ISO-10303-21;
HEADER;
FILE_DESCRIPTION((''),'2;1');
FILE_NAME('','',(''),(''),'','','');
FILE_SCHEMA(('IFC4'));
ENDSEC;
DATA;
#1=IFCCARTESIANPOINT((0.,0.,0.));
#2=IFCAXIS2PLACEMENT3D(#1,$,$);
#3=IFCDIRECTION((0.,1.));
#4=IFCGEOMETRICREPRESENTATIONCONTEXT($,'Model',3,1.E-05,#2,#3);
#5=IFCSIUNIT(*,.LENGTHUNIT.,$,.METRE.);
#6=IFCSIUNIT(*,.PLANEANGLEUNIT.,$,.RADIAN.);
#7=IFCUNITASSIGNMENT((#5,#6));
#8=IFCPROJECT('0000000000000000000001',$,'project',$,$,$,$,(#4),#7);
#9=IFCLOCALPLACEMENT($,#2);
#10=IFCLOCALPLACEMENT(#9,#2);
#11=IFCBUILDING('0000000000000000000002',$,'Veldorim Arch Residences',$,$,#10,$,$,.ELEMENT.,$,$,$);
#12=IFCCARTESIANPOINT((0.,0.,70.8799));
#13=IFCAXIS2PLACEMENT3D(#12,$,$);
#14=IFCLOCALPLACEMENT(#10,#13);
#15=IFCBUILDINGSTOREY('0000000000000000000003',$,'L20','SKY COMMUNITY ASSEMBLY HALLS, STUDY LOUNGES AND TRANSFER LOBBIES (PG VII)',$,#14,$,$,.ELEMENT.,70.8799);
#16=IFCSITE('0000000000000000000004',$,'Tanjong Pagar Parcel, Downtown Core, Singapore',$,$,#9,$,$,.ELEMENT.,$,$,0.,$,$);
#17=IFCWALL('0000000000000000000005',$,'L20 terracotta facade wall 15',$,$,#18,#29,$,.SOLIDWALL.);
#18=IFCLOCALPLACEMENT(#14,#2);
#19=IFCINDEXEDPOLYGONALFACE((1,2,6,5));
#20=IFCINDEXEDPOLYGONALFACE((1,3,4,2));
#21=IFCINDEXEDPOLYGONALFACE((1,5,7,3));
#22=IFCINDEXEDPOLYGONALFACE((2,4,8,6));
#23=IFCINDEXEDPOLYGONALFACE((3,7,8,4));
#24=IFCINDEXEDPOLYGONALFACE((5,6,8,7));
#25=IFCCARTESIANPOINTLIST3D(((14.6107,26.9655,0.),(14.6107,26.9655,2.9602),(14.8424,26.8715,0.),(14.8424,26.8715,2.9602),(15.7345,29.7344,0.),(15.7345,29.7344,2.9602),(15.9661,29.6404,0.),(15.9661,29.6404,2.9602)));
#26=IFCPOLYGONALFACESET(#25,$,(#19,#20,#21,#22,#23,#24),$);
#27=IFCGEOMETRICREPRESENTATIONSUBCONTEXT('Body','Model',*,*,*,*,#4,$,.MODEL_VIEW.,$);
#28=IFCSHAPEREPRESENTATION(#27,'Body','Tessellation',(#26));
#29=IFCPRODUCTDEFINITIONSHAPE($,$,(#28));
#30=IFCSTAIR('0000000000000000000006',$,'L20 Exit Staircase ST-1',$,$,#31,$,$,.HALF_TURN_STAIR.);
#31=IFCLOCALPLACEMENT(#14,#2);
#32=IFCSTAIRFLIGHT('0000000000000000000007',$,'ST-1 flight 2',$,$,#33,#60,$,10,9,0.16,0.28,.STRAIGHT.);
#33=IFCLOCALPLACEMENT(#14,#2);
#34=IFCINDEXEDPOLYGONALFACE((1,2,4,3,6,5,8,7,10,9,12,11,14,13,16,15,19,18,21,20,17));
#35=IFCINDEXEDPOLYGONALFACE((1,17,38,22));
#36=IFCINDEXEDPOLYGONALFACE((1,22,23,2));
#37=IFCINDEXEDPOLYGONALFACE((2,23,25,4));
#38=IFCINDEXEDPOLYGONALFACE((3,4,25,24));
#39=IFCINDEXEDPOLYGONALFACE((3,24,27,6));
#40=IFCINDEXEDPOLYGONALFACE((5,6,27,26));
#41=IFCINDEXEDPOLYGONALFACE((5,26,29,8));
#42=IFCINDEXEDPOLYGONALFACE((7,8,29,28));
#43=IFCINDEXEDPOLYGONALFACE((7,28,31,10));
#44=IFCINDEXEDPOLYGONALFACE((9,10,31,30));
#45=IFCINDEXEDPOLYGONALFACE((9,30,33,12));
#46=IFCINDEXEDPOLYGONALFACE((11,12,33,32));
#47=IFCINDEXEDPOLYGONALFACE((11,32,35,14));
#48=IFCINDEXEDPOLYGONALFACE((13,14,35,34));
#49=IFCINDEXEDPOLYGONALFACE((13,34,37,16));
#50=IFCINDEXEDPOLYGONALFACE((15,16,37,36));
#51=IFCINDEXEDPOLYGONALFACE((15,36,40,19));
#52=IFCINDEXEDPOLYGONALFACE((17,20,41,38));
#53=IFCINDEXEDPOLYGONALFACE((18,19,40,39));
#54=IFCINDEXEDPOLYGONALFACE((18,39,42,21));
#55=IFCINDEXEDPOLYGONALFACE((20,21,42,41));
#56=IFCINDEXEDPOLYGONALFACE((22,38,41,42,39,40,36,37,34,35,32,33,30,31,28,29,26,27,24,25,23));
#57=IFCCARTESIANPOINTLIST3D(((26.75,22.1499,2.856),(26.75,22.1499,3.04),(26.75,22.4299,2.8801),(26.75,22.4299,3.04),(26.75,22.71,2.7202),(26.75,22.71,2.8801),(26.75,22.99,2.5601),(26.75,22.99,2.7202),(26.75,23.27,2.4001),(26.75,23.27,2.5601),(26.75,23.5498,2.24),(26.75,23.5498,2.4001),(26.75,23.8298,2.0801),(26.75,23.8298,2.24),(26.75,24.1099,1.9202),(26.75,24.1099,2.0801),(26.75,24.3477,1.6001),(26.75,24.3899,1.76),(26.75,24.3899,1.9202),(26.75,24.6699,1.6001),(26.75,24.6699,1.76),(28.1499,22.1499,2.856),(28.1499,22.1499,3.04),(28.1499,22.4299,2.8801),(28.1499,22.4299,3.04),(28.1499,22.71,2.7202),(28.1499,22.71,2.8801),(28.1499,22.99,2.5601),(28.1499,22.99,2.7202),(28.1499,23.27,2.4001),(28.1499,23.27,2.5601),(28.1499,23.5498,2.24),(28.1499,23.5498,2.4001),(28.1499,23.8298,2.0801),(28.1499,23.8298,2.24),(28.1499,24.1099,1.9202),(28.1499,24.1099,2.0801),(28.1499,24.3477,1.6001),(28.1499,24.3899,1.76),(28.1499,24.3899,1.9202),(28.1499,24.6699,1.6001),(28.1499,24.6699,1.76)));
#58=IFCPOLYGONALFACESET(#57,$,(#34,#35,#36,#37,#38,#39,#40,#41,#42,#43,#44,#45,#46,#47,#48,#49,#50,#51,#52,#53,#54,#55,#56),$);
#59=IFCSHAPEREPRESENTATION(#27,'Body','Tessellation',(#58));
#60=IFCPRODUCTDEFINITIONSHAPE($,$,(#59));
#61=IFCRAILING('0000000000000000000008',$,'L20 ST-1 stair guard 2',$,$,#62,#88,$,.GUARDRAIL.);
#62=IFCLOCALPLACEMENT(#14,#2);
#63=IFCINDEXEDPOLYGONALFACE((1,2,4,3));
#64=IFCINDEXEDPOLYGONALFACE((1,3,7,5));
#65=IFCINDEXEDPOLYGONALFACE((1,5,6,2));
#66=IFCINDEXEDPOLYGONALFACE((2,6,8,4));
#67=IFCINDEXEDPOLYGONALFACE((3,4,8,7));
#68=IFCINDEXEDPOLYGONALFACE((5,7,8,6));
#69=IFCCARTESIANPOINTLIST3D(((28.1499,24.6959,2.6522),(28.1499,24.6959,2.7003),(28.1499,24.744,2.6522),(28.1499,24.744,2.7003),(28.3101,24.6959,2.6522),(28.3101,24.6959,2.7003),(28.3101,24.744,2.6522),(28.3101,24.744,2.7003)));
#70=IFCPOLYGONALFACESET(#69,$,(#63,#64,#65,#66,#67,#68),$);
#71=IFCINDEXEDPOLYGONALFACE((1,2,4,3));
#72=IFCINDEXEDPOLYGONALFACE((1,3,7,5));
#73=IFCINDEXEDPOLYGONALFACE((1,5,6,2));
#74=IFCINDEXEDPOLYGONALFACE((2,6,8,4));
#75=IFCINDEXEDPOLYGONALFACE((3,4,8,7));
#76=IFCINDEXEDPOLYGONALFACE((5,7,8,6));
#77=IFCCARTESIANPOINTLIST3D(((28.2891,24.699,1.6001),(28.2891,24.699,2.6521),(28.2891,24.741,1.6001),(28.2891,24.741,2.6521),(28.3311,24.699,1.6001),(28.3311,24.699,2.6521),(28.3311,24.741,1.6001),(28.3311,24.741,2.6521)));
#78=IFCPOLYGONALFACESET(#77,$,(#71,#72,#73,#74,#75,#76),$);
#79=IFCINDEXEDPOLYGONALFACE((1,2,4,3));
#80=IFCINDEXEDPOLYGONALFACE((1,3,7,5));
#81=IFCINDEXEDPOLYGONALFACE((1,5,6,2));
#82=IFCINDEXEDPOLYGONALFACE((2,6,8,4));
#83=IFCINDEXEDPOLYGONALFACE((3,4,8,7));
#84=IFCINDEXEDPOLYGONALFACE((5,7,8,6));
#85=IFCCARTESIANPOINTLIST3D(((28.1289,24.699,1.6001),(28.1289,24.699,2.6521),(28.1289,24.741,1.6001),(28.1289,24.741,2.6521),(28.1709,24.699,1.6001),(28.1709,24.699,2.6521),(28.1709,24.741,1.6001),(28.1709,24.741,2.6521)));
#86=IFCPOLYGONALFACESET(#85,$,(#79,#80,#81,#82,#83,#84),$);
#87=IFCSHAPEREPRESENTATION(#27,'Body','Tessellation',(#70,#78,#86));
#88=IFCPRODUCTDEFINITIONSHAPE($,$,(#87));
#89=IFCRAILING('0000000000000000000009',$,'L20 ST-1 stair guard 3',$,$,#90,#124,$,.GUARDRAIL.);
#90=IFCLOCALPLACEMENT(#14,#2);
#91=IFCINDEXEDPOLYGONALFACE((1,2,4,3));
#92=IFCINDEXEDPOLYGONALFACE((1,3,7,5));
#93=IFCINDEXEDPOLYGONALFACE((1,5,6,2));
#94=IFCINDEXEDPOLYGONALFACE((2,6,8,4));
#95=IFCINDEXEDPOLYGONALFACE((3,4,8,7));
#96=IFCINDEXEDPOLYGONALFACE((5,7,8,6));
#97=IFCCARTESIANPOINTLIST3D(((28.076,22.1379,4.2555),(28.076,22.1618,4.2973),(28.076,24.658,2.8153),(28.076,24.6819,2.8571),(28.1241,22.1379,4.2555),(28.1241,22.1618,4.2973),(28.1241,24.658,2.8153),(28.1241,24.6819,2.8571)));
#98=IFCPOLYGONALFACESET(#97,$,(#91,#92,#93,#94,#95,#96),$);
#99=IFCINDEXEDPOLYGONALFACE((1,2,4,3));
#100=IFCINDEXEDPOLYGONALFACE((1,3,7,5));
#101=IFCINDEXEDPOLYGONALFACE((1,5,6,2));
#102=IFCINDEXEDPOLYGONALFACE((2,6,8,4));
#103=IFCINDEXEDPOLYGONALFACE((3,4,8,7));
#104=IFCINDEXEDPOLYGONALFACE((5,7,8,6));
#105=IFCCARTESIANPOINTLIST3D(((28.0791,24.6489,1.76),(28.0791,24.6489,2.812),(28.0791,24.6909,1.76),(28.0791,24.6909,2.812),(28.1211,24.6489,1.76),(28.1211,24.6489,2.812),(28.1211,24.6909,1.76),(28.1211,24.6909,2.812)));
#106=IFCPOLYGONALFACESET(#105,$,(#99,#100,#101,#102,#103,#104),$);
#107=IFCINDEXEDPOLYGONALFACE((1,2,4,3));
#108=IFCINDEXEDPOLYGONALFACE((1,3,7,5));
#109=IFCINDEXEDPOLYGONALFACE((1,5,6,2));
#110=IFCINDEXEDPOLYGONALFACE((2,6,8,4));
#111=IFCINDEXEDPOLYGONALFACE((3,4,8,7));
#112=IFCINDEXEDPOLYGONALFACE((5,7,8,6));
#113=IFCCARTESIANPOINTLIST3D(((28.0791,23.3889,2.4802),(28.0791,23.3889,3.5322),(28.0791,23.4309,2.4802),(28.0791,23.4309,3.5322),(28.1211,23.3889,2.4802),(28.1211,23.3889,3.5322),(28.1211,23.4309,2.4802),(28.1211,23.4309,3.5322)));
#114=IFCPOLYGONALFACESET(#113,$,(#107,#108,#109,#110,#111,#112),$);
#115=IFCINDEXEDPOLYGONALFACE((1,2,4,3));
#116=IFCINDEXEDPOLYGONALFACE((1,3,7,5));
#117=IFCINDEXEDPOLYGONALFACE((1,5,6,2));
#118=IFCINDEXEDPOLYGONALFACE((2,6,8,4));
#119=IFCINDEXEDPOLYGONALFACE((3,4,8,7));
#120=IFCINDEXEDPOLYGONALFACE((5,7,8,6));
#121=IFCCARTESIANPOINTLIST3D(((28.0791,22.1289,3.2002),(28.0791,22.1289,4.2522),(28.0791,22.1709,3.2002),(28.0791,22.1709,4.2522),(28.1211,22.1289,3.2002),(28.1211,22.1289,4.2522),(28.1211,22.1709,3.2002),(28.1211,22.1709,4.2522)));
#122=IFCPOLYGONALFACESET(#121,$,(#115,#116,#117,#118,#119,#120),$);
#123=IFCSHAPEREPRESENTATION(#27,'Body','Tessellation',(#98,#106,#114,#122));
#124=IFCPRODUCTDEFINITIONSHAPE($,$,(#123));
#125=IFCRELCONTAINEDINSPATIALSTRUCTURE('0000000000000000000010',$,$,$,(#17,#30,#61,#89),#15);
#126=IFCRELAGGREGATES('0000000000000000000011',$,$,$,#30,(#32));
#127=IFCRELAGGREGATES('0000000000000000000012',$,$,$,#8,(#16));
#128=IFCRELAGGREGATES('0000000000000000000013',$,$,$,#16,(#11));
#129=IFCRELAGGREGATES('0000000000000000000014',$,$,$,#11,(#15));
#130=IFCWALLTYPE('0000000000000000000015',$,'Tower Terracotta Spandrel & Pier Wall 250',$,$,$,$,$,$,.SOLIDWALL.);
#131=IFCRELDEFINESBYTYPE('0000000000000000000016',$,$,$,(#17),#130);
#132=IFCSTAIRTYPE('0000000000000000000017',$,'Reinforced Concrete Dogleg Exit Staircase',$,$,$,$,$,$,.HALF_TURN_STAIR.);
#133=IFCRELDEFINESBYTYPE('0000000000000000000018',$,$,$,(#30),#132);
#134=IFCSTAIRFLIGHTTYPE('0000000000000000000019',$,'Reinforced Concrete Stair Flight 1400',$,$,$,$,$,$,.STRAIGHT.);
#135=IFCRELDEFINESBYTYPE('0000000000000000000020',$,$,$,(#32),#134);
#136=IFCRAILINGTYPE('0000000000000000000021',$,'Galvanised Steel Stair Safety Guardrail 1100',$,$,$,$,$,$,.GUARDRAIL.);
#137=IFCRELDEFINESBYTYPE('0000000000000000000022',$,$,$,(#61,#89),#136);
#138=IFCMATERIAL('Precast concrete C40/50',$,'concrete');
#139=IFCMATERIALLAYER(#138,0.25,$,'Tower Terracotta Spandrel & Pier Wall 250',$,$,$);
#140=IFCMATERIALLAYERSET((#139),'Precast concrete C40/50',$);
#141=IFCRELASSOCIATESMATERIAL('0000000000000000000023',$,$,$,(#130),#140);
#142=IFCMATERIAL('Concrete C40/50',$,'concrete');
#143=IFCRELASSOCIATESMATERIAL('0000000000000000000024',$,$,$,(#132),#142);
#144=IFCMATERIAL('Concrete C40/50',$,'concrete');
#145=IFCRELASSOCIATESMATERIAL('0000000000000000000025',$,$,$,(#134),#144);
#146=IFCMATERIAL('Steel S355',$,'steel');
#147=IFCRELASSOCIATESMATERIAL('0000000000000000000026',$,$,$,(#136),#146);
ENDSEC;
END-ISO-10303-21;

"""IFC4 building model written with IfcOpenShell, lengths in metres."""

from ifc_helpers import new_model, si_unit, direction, frame, frame_2d, origin, origin_2d, place, context, subcontext, project, spatial, polyline, rectangle, outline, extrude, material, layer, layer_set, type_object, element, aggregate, save


model = new_model("IFC4")

# Units and contexts
model_context = context("Model", 3, precision=1e-05, world=origin(), true_north=direction((0.0, 1.0)))
body_context = subcontext(model_context, "Body", "Model", "MODEL_VIEW")
ifc_project = project(units=[si_unit("LENGTHUNIT", "METRE"), si_unit("PLANEANGLEUNIT", "RADIAN")], contexts=[model_context])

# Site, building, storey
site_placement = place(None, origin())
site = spatial("IfcSite", under=ifc_project, at=site_placement, Name="Tanjong Pagar Parcel, Downtown Core, Singapore", CompositionType="ELEMENT", RefElevation=0.0)
building_placement = place(site_placement, origin())
building = spatial("IfcBuilding", under=site, at=building_placement, Name="Veldorim Arch Residences", CompositionType="ELEMENT")
storey_placement = place(building_placement, frame((0.0, 0.0, 70.8799)))
storey = spatial("IfcBuildingStorey", under=building, at=storey_placement, Name="L20", Description="SKY COMMUNITY ASSEMBLY HALLS, STUDY LOUNGES AND TRANSFER LOBBIES (PG VII)", CompositionType="ELEMENT", Elevation=70.8799)

# Shared definitions
ifc_material_1 = material(Name="Precast concrete C40/50", Category="concrete")
ifc_layer_1 = layer(ifc_material_1, 0.25, Name="Tower Terracotta Spandrel & Pier Wall 250")
ifc_layer_set_1 = layer_set([ifc_layer_1], Name="Precast concrete C40/50")
wall_type_1 = type_object("IfcWallType", Name="Tower Terracotta Spandrel & Pier Wall 250", PredefinedType="SOLIDWALL", material=ifc_layer_set_1)

# Wall
wall_1_placement = place(storey_placement, frame((14.7266, 26.9185, 0.0), z_axis=(0.0, 0.0, 1.0), x_axis=(0.376048, 0.9266, 0.0)))
element("IfcWall", 1, at=wall_1_placement, inside=storey, type_object=wall_type_1, Name="L20 terracotta facade wall 15", PredefinedType="SOLIDWALL", context=body_context, shape_type="SweptSolid", body=[
    extrude(rectangle(XDim=2.9883, YDim=0.25, at=frame_2d((1.4941, 0.0))), origin(), (0.0, 0.0, 1.0), 2.9602),
])

# Stair, stair flight
ifc_material_2 = material(Name="Concrete C40/50", Category="concrete")
stair_type = type_object("IfcStairType", Name="Reinforced Concrete Dogleg Exit Staircase", PredefinedType="HALF_TURN_STAIR", material=ifc_material_2)
stair_placement = place(storey_placement, origin())
stair = element("IfcStair", 2, at=stair_placement, inside=storey, type_object=stair_type, Name="L20 Exit Staircase ST-1", PredefinedType="HALF_TURN_STAIR")
ifc_material_3 = material(Name="Concrete C40/50", Category="concrete")
stair_flight_type = type_object("IfcStairFlightType", Name="Reinforced Concrete Stair Flight 1400", PredefinedType="STRAIGHT", material=ifc_material_3)
stair_flight_placement = place(storey_placement, frame((27.45, 24.6699, 1.6001), z_axis=(0.0, 0.0, 1.0), x_axis=(0.0, -1.0, 0.0)))
stair_flight = element("IfcStairFlight", 3, at=stair_flight_placement, type_object=stair_flight_type, Name="ST-1 flight 2", NumberOfRisers=10, NumberOfTreads=9, PredefinedType="STRAIGHT", RiserHeight=0.16, TreadLength=0.28, context=body_context, shape_type="SweptSolid", body=[
    extrude(outline(polyline([(0.0, 0.0), (0.0, 0.1599), (0.28, 0.1599), (0.28, 0.3201), (0.5601, 0.3201), (0.5601, 0.48), (0.8401, 0.48), (0.8401, 0.6399), (1.1201, 0.6399), (1.1201, 0.8), (1.3999, 0.8), (1.3999, 0.96), (1.6799, 0.96), (1.6799, 1.1201), (1.96, 1.1201), (1.96, 1.28), (2.24, 1.28), (2.24, 1.4399), (2.52, 1.4399), (2.52, 1.6001), (2.52, 1.2559), (0.3223, 0.0), (0.0, 0.0)])), frame((0.0, 0.7, 0.0), z_axis=(0.0, -1.0, 0.0), x_axis=(1.0, 0.0, 0.0)), (0.0, 0.0, 1.0), 1.3999),
])
aggregate(stair, [stair_flight])

# Railings
ifc_material_4 = material(Name="Steel S355", Category="steel")
railing_type = type_object("IfcRailingType", Name="Galvanised Steel Stair Safety Guardrail 1100", PredefinedType="GUARDRAIL", material=ifc_material_4)
railing_1_placement = place(storey_placement, frame((28.3101, 24.72, 1.6001)))
element("IfcRailing", 4, at=railing_1_placement, inside=storey, type_object=railing_type, Name="L20 ST-1 stair guard 2", PredefinedType="GUARDRAIL", context=body_context, shape_type="SweptSolid", body=[
    extrude(rectangle(XDim=0.0481, YDim=0.0481, at=origin_2d()), frame((0.0, 0.0, 1.0762), z_axis=(-1.0, 0.0, 0.0), x_axis=(0.0, -1.0, 0.0)), (0.0, 0.0, 1.0), 0.1602),
    extrude(rectangle(XDim=0.042, YDim=0.042, at=origin_2d()), origin(), (0.0, 0.0, 1.0), 1.052),
    extrude(rectangle(XDim=0.042, YDim=0.042, at=origin_2d()), frame((-0.1602, 0.0, 0.0)), (0.0, 0.0, 1.0), 1.052),
])
railing_2_placement = place(storey_placement, frame((28.1001, 24.6699, 1.76)))
element("IfcRailing", 5, at=railing_2_placement, inside=storey, type_object=railing_type, Name="L20 ST-1 stair guard 3", PredefinedType="GUARDRAIL", context=body_context, shape_type="SweptSolid", body=[
    extrude(rectangle(XDim=0.0481, YDim=0.0481, at=origin_2d()), frame((0.0, 0.0, 1.0762), z_axis=(0.0, -0.868217, 0.496184), x_axis=(1.0, 0.0, 0.0)), (0.0, 0.0, 1.0), 2.9026),
    extrude(rectangle(XDim=0.042, YDim=0.042, at=origin_2d()), origin(), (0.0, 0.0, 1.0), 1.052),
    extrude(rectangle(XDim=0.042, YDim=0.042, at=origin_2d()), frame((0.0, -1.26, 0.7202)), (0.0, 0.0, 1.0), 1.052),
    extrude(rectangle(XDim=0.042, YDim=0.042, at=origin_2d()), frame((0.0, -2.52, 1.4402)), (0.0, 0.0, 1.0), 1.052),
])

save(model, "model.ifc")
